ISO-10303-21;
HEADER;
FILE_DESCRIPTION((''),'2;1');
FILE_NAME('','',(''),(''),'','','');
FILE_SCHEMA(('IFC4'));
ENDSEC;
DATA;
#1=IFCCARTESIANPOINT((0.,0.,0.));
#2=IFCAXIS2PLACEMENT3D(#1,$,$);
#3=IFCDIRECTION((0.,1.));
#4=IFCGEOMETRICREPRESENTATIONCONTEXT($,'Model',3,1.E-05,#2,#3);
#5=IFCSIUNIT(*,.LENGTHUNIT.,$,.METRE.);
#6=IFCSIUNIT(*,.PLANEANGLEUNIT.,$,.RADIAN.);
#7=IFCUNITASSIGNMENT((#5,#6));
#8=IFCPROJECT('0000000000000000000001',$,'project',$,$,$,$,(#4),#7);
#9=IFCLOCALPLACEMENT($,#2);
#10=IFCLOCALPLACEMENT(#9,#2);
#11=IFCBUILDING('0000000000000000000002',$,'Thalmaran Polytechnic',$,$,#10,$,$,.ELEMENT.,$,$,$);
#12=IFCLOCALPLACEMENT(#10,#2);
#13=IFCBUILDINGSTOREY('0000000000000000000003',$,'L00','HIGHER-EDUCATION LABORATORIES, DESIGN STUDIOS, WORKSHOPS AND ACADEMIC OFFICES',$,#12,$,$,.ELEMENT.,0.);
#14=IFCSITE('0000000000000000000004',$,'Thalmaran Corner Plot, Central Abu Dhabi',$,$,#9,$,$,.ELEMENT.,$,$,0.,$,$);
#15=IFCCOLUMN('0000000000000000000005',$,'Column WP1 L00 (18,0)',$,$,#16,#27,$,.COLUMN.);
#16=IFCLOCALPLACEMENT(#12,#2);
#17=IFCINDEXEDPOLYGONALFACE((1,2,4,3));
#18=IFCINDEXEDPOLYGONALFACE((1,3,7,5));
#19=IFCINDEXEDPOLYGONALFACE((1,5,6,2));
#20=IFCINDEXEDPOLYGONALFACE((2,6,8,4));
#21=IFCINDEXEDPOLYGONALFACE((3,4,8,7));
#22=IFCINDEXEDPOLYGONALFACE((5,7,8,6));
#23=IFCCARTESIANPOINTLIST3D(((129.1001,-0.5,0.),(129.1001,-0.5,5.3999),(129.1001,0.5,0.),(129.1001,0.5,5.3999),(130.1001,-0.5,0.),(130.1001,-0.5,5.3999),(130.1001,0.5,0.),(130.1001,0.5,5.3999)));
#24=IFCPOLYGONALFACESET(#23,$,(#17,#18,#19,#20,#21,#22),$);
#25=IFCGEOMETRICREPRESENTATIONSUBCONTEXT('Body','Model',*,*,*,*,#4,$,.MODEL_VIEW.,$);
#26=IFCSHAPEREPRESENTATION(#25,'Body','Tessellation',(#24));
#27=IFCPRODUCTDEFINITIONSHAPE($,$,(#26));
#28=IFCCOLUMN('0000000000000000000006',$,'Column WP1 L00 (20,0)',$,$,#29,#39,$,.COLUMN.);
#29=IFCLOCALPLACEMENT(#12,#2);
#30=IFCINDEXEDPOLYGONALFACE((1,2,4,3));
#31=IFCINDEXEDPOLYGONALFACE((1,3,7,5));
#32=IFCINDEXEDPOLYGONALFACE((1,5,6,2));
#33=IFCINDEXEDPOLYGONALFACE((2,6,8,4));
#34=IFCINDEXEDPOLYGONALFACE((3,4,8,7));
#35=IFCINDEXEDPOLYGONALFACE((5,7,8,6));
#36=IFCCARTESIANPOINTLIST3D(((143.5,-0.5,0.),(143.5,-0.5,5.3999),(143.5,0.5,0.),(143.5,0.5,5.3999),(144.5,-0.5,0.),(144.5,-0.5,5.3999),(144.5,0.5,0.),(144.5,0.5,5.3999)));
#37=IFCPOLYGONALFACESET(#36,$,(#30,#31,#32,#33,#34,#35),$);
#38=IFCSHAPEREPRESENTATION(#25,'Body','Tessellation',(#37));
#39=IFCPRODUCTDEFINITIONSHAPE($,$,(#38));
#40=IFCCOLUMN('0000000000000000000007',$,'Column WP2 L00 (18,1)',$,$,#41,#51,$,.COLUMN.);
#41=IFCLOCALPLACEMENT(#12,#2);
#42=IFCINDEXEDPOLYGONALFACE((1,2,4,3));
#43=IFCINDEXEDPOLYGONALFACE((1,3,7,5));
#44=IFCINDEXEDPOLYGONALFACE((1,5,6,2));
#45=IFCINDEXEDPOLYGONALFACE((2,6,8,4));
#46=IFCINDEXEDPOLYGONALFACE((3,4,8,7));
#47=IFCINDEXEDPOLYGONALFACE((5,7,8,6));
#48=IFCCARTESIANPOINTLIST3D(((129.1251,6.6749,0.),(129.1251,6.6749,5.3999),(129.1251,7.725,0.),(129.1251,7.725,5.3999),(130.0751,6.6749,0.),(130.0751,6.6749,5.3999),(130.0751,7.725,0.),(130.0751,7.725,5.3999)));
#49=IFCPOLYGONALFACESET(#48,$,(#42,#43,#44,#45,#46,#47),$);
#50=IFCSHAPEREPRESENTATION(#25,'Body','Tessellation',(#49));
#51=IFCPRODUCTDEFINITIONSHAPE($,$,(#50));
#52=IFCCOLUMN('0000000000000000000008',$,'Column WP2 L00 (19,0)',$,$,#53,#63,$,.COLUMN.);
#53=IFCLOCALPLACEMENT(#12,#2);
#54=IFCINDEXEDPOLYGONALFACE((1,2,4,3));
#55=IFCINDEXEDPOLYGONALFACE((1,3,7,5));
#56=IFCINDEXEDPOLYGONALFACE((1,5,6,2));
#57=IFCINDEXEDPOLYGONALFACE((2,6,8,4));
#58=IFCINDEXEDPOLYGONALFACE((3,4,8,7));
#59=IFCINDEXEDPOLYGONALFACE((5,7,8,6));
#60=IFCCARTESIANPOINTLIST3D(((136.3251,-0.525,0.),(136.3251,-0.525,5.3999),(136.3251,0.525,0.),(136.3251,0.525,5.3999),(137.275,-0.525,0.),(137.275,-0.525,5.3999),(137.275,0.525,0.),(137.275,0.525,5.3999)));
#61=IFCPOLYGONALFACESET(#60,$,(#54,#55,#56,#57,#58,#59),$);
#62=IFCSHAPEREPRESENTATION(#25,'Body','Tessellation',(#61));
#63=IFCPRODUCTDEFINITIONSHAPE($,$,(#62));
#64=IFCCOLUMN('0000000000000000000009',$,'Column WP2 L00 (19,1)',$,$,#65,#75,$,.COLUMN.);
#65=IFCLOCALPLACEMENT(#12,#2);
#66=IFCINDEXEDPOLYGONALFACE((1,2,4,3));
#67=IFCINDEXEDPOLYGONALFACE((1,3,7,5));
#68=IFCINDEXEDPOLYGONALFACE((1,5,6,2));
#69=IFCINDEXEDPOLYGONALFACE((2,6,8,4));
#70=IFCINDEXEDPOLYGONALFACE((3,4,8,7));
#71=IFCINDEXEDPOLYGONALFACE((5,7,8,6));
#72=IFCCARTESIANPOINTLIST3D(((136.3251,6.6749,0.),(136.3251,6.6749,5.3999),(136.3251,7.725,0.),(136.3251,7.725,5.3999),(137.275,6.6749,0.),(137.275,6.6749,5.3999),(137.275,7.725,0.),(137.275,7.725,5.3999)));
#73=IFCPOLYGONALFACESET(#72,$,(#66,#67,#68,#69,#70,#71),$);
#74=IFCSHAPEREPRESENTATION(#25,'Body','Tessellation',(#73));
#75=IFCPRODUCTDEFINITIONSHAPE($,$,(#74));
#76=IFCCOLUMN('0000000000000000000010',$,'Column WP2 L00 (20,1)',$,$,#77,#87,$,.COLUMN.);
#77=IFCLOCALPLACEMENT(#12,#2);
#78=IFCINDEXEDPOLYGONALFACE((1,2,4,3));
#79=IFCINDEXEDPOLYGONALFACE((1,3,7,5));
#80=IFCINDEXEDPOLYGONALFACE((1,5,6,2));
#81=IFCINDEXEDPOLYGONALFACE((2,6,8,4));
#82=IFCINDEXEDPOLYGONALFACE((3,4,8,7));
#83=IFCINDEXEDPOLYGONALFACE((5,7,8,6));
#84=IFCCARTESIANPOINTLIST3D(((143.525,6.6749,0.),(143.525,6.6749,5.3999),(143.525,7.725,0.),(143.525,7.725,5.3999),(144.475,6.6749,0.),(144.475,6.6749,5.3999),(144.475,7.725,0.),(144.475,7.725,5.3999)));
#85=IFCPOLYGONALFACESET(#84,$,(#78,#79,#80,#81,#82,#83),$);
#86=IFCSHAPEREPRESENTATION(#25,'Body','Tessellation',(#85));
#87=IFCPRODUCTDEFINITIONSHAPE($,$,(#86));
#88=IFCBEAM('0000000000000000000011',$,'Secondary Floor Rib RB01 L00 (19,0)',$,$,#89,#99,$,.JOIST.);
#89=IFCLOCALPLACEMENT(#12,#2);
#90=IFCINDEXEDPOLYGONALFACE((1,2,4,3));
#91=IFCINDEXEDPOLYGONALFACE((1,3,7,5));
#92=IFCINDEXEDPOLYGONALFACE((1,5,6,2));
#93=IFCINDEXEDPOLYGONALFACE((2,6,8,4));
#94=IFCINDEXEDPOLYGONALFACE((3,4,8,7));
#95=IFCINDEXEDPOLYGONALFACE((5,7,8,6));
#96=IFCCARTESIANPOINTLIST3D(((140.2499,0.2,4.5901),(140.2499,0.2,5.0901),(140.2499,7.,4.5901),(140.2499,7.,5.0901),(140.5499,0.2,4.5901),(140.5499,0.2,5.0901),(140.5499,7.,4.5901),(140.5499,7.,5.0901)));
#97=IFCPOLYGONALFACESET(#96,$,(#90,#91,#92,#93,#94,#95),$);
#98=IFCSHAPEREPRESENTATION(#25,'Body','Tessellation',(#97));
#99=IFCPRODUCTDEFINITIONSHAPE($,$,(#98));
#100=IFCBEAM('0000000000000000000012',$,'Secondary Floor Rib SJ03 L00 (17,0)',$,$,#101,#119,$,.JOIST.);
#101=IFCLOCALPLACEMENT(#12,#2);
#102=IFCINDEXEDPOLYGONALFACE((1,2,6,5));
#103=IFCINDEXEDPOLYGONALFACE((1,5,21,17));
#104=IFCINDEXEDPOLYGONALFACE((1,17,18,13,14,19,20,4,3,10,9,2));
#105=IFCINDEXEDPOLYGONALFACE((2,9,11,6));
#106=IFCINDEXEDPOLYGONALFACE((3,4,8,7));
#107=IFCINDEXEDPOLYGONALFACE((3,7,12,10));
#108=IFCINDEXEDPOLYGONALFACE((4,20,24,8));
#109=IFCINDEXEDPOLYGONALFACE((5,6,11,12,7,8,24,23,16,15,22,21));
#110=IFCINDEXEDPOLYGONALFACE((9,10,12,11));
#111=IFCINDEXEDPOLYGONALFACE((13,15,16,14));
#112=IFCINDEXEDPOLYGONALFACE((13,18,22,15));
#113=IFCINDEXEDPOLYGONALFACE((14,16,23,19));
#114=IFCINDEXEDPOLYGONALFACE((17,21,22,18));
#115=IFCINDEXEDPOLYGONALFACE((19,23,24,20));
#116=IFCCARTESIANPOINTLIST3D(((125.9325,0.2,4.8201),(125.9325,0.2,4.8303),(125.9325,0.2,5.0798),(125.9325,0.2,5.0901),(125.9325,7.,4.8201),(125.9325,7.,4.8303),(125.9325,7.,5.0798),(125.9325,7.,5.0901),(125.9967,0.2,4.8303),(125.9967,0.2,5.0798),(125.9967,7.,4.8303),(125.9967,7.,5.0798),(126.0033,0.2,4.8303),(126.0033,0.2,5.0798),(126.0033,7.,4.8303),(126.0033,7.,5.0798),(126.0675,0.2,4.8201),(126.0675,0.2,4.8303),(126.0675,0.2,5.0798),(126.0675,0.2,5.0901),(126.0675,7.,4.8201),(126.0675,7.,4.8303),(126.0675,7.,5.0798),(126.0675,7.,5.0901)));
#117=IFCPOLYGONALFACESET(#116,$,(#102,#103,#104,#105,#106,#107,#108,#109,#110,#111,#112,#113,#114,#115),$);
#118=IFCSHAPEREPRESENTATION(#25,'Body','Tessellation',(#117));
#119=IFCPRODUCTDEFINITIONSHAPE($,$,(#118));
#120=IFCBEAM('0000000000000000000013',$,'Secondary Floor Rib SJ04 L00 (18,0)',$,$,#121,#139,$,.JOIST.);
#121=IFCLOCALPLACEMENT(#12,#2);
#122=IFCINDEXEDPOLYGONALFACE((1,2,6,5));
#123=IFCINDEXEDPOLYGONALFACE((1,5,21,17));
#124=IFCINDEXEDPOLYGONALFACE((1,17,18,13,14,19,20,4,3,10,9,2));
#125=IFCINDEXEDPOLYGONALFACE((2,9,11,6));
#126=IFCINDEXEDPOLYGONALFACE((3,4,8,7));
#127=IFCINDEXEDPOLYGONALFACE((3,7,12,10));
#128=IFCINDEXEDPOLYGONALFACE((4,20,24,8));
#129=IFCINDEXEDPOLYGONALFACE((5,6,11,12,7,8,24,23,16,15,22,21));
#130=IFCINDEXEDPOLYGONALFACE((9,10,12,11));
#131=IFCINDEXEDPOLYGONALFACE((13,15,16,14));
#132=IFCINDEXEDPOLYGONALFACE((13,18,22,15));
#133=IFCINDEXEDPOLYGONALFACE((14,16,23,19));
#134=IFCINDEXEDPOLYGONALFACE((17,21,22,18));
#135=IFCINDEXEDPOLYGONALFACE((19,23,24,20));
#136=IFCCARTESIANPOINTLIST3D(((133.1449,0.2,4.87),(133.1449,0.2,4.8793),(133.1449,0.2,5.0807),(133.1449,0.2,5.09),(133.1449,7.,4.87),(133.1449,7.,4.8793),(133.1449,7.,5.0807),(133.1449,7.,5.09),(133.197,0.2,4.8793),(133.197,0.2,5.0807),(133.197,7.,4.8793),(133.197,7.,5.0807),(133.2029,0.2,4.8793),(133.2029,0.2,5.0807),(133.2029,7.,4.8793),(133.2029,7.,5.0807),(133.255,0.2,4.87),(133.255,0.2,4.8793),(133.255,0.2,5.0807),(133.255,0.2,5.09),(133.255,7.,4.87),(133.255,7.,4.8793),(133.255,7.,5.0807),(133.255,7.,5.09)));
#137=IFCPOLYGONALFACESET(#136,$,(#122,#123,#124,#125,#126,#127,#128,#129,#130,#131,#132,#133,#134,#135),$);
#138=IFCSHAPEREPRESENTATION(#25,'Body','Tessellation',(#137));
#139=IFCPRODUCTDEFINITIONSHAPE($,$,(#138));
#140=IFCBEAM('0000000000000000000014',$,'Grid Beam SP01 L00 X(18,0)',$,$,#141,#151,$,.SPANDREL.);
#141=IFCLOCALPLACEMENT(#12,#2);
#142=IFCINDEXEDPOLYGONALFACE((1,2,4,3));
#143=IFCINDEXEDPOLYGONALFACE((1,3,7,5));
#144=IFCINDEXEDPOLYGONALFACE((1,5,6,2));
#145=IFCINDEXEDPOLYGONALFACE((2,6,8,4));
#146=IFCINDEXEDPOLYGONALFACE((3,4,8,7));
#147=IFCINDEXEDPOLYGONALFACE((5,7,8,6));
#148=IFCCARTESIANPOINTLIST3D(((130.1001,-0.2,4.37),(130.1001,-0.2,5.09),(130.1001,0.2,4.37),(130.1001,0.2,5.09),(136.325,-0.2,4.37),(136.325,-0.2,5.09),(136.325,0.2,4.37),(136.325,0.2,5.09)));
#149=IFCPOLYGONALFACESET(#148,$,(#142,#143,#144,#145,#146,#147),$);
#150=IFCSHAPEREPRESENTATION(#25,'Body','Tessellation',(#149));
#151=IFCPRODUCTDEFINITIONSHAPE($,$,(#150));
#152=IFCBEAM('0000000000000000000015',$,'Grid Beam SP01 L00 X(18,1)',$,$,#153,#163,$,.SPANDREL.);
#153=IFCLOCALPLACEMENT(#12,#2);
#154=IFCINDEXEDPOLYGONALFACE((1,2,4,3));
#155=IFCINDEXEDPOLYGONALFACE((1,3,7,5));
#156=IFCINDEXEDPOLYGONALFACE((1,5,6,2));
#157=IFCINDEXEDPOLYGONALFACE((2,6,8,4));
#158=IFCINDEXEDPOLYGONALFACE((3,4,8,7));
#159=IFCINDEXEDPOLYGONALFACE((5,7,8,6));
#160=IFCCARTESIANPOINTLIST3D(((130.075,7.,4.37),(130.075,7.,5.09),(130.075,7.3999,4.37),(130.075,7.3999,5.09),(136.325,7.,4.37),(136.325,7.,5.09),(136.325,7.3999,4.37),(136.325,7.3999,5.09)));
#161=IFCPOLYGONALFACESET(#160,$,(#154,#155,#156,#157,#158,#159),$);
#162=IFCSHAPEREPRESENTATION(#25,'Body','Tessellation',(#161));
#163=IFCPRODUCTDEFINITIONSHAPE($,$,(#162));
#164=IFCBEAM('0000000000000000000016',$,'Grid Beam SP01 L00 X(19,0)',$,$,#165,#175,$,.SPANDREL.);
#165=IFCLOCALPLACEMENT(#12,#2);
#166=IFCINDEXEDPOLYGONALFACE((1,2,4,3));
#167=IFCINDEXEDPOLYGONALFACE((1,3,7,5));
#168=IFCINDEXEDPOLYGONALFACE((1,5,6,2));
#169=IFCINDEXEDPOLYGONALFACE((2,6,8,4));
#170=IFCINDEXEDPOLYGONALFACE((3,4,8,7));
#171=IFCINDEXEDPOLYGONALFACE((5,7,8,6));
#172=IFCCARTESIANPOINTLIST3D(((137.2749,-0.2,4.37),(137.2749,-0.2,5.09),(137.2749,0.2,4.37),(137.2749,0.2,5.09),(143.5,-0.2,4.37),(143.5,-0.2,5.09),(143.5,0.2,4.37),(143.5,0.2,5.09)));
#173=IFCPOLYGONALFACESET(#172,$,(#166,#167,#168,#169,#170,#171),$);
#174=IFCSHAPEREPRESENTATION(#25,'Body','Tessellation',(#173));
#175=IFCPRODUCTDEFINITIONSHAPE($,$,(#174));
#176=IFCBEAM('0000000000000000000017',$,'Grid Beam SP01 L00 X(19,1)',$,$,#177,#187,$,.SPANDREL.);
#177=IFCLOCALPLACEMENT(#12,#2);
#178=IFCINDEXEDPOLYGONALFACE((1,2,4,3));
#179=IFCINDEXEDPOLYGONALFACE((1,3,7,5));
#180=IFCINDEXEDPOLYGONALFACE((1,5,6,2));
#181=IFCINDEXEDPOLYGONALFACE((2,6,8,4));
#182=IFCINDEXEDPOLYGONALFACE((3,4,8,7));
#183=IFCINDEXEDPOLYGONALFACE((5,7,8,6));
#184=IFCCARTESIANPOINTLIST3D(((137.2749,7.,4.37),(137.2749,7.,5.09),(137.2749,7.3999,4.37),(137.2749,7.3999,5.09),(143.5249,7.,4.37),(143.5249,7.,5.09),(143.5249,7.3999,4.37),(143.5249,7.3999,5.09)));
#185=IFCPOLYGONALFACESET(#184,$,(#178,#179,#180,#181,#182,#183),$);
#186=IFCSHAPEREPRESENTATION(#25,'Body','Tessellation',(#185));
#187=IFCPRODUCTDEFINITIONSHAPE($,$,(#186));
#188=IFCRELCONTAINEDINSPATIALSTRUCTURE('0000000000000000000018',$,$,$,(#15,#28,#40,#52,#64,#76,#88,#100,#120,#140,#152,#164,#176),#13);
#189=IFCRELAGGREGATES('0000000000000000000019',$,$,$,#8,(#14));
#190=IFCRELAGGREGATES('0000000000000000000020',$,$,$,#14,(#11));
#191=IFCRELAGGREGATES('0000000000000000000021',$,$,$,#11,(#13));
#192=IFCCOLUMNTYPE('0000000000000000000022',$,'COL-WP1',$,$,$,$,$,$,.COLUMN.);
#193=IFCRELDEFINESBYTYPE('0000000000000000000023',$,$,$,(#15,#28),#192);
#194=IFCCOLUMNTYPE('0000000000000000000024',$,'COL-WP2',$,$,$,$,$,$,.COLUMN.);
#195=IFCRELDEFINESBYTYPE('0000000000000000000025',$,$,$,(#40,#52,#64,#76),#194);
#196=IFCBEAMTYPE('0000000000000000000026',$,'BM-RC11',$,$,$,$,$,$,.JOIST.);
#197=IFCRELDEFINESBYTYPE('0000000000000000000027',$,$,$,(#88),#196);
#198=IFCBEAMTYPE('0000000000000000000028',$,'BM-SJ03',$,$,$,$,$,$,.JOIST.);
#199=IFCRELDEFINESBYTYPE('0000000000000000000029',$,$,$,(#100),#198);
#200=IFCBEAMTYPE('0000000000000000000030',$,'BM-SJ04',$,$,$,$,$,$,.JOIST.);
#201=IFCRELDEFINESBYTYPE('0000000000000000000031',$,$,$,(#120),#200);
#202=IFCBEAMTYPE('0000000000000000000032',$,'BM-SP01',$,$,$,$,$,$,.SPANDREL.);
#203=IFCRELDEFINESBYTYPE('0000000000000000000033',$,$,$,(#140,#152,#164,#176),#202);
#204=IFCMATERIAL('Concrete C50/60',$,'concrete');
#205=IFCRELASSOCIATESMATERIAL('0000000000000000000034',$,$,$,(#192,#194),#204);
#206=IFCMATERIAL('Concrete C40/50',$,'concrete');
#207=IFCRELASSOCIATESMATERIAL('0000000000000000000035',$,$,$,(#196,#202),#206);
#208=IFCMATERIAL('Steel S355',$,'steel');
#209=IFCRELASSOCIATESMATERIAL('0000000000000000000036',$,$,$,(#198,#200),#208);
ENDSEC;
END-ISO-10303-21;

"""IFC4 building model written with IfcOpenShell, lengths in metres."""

from ifc_helpers import new_model, si_unit, direction, frame, origin, origin_2d, place, context, subcontext, project, spatial, rectangle, i_section, extrude, material, material_profile, profile_set, type_object, element, save


model = new_model("IFC4")

# Units and contexts
model_context = context("Model", 3, precision=1e-05, world=origin(), true_north=direction((0.0, 1.0)))
body_context = subcontext(model_context, "Body", "Model", "MODEL_VIEW")
ifc_project = project(units=[si_unit("LENGTHUNIT", "METRE"), si_unit("PLANEANGLEUNIT", "RADIAN")], contexts=[model_context])

# Site, building, storey
site_placement = place(None, origin())
site = spatial("IfcSite", under=ifc_project, at=site_placement, Name="Thalmaran Corner Plot, Central Abu Dhabi", CompositionType="ELEMENT", RefElevation=0.0)
building_placement = place(site_placement, origin())
building = spatial("IfcBuilding", under=site, at=building_placement, Name="Thalmaran Polytechnic", CompositionType="ELEMENT")
storey_placement = place(building_placement, origin())
storey = spatial("IfcBuildingStorey", under=building, at=storey_placement, Name="L00", Description="HIGHER-EDUCATION LABORATORIES, DESIGN STUDIOS, WORKSHOPS AND ACADEMIC OFFICES", CompositionType="ELEMENT", Elevation=0.0)

# Shared definitions
ifc_material_1 = material(Name="Concrete C40/50", Category="concrete")

# Columns
ifc_material_2 = material(Name="Steel S355", Category="steel")
ifc_material_3 = material(Name="Concrete C50/60", Category="concrete")
ifc_material_profile_1 = material_profile(ifc_material_3, rectangle(XDim=1.0, YDim=1.0, at=origin_2d()), Name="RC 1000x1000")
ifc_profile_set_1 = profile_set([ifc_material_profile_1], Name="Concrete C50/60")
column_type_1 = type_object("IfcColumnType", Name="COL-WP1", PredefinedType="COLUMN", material=ifc_profile_set_1)
for number, where, z_axis, x_axis, name in (
    (1, (129.6001, 0.0, 0.0), (0.0, 0.0, 1.0), (1.0, 0.0, 0.0), "Column WP1 L00 (18,0)"),
    (2, (144.0, 0.0, 0.0), (0.0, 0.0, 1.0), (1.0, 0.0, 0.0), "Column WP1 L00 (20,0)"),
):
    element("IfcColumn", number, at=place(storey_placement, frame(where, z_axis=z_axis, x_axis=x_axis)), inside=storey, type_object=column_type_1, Name=name, PredefinedType="COLUMN", context=body_context, shape_type="SweptSolid", body=[
        extrude(rectangle(XDim=1.0, YDim=1.0, at=origin_2d()), origin(), (0.0, 0.0, 1.0), 5.3999),
    ])
ifc_material_profile_2 = material_profile(ifc_material_3, rectangle(XDim=0.95, YDim=1.05, at=origin_2d()), Name="RC 950x1050")
ifc_profile_set_2 = profile_set([ifc_material_profile_2], Name="Concrete C50/60")
column_type_2 = type_object("IfcColumnType", Name="COL-WP2", PredefinedType="COLUMN", material=ifc_profile_set_2)
for number, where, z_axis, x_axis, name in (
    (3, (129.6001, 7.2, 0.0), (0.0, 0.0, 1.0), (1.0, 0.0, 0.0), "Column WP2 L00 (18,1)"),
    (4, (136.8, 0.0, 0.0), (0.0, 0.0, 1.0), (1.0, 0.0, 0.0), "Column WP2 L00 (19,0)"),
    (5, (136.8, 7.2, 0.0), (0.0, 0.0, 1.0), (1.0, 0.0, 0.0), "Column WP2 L00 (19,1)"),
    (6, (144.0, 7.2, 0.0), (0.0, 0.0, 1.0), (1.0, 0.0, 0.0), "Column WP2 L00 (20,1)"),
):
    element("IfcColumn", number, at=place(storey_placement, frame(where, z_axis=z_axis, x_axis=x_axis)), inside=storey, type_object=column_type_2, Name=name, PredefinedType="COLUMN", context=body_context, shape_type="SweptSolid", body=[
        extrude(rectangle(XDim=0.95, YDim=1.05, at=origin_2d()), origin(), (0.0, 0.0, 1.0), 5.3999),
    ])

# Beams
ifc_material_profile_3 = material_profile(ifc_material_1, rectangle(XDim=0.3, YDim=0.5, at=origin_2d()), Name="RC 300x500")
ifc_profile_set_3 = profile_set([ifc_material_profile_3], Name="Concrete C40/50")
beam_type_1 = type_object("IfcBeamType", Name="BM-RC11", PredefinedType="JOIST", material=ifc_profile_set_3)
beam_1_placement = place(storey_placement, frame((140.3999, 0.2, 4.8401), z_axis=(0.0, 1.0, 0.0), x_axis=(-1.0, 0.0, 0.0)))
element("IfcBeam", 7, at=beam_1_placement, inside=storey, type_object=beam_type_1, Name="Secondary Floor Rib RB01 L00 (19,0)", PredefinedType="JOIST", context=body_context, shape_type="SweptSolid", body=[
    extrude(rectangle(XDim=0.3, YDim=0.5, at=origin_2d()), origin(), (0.0, 0.0, 1.0), 6.8),
])
ifc_material_profile_4 = material_profile(ifc_material_2, i_section(OverallWidth=0.135, OverallDepth=0.27, WebThickness=0.0066, FlangeThickness=0.0103, at=origin_2d()), Name="IPE 270")
ifc_profile_set_4 = profile_set([ifc_material_profile_4], Name="Steel S355")
beam_type_2 = type_object("IfcBeamType", Name="BM-SJ03", PredefinedType="JOIST", material=ifc_profile_set_4)
beam_2_placement = place(storey_placement, frame((126.0, 0.2, 4.9551), z_axis=(0.0, 1.0, 0.0), x_axis=(-1.0, 0.0, 0.0)))
element("IfcBeam", 8, at=beam_2_placement, inside=storey, type_object=beam_type_2, Name="Secondary Floor Rib SJ03 L00 (17,0)", PredefinedType="JOIST", context=body_context, shape_type="SweptSolid", body=[
    extrude(i_section(OverallWidth=0.135, OverallDepth=0.27, WebThickness=0.0066, FlangeThickness=0.0103, at=origin_2d()), origin(), (0.0, 0.0, 1.0), 6.8),
])
ifc_material_profile_5 = material_profile(ifc_material_2, i_section(OverallWidth=0.1101, OverallDepth=0.22, WebThickness=0.0059, FlangeThickness=0.0093, at=origin_2d()), Name="IPE 220")
ifc_profile_set_5 = profile_set([ifc_material_profile_5], Name="Steel S355")
beam_type_3 = type_object("IfcBeamType", Name="BM-SJ04", PredefinedType="JOIST", material=ifc_profile_set_5)
beam_3_placement = place(storey_placement, frame((133.2, 0.2, 4.98), z_axis=(0.0, 1.0, 0.0), x_axis=(-1.0, 0.0, 0.0)))
element("IfcBeam", 9, at=beam_3_placement, inside=storey, type_object=beam_type_3, Name="Secondary Floor Rib SJ04 L00 (18,0)", PredefinedType="JOIST", context=body_context, shape_type="SweptSolid", body=[
    extrude(i_section(OverallWidth=0.1101, OverallDepth=0.22, WebThickness=0.0059, FlangeThickness=0.0093, at=origin_2d()), origin(), (0.0, 0.0, 1.0), 6.8),
])
ifc_material_profile_6 = material_profile(ifc_material_1, rectangle(XDim=0.3999, YDim=0.72, at=origin_2d()), Name="RC 400x720")
ifc_profile_set_6 = profile_set([ifc_material_profile_6], Name="Concrete C40/50")
beam_type_4 = type_object("IfcBeamType", Name="BM-SP01", PredefinedType="SPANDREL", material=ifc_profile_set_6)
beam_4_placement = place(storey_placement, frame((130.1001, 0.0, 4.73), z_axis=(1.0, 0.0, 0.0), x_axis=(0.0, 1.0, 0.0)))
element("IfcBeam", 10, at=beam_4_placement, inside=storey, type_object=beam_type_4, Name="Grid Beam SP01 L00 X(18,0)", PredefinedType="SPANDREL", context=body_context, shape_type="SweptSolid", body=[
    extrude(rectangle(XDim=0.3999, YDim=0.72, at=origin_2d()), origin(), (0.0, 0.0, 1.0), 6.2249),
])
beam_5_placement = place(storey_placement, frame((130.075, 7.2, 4.73), z_axis=(1.0, 0.0, 0.0), x_axis=(0.0, 1.0, 0.0)))
element("IfcBeam", 11, at=beam_5_placement, inside=storey, type_object=beam_type_4, Name="Grid Beam SP01 L00 X(18,1)", PredefinedType="SPANDREL", context=body_context, shape_type="SweptSolid", body=[
    extrude(rectangle(XDim=0.3999, YDim=0.72, at=origin_2d()), origin(), (0.0, 0.0, 1.0), 6.25),
])
beam_6_placement = place(storey_placement, frame((137.2749, 0.0, 4.73), z_axis=(1.0, 0.0, 0.0), x_axis=(0.0, 1.0, 0.0)))
element("IfcBeam", 12, at=beam_6_placement, inside=storey, type_object=beam_type_4, Name="Grid Beam SP01 L00 X(19,0)", PredefinedType="SPANDREL", context=body_context, shape_type="SweptSolid", body=[
    extrude(rectangle(XDim=0.3999, YDim=0.72, at=origin_2d()), origin(), (0.0, 0.0, 1.0), 6.2251),
])
beam_7_placement = place(storey_placement, frame((137.2749, 7.2, 4.73), z_axis=(1.0, 0.0, 0.0), x_axis=(0.0, 1.0, 0.0)))
element("IfcBeam", 13, at=beam_7_placement, inside=storey, type_object=beam_type_4, Name="Grid Beam SP01 L00 X(19,1)", PredefinedType="SPANDREL", context=body_context, shape_type="SweptSolid", body=[
    extrude(rectangle(XDim=0.3999, YDim=0.72, at=origin_2d()), origin(), (0.0, 0.0, 1.0), 6.25),
])

save(model, "model.ifc")
